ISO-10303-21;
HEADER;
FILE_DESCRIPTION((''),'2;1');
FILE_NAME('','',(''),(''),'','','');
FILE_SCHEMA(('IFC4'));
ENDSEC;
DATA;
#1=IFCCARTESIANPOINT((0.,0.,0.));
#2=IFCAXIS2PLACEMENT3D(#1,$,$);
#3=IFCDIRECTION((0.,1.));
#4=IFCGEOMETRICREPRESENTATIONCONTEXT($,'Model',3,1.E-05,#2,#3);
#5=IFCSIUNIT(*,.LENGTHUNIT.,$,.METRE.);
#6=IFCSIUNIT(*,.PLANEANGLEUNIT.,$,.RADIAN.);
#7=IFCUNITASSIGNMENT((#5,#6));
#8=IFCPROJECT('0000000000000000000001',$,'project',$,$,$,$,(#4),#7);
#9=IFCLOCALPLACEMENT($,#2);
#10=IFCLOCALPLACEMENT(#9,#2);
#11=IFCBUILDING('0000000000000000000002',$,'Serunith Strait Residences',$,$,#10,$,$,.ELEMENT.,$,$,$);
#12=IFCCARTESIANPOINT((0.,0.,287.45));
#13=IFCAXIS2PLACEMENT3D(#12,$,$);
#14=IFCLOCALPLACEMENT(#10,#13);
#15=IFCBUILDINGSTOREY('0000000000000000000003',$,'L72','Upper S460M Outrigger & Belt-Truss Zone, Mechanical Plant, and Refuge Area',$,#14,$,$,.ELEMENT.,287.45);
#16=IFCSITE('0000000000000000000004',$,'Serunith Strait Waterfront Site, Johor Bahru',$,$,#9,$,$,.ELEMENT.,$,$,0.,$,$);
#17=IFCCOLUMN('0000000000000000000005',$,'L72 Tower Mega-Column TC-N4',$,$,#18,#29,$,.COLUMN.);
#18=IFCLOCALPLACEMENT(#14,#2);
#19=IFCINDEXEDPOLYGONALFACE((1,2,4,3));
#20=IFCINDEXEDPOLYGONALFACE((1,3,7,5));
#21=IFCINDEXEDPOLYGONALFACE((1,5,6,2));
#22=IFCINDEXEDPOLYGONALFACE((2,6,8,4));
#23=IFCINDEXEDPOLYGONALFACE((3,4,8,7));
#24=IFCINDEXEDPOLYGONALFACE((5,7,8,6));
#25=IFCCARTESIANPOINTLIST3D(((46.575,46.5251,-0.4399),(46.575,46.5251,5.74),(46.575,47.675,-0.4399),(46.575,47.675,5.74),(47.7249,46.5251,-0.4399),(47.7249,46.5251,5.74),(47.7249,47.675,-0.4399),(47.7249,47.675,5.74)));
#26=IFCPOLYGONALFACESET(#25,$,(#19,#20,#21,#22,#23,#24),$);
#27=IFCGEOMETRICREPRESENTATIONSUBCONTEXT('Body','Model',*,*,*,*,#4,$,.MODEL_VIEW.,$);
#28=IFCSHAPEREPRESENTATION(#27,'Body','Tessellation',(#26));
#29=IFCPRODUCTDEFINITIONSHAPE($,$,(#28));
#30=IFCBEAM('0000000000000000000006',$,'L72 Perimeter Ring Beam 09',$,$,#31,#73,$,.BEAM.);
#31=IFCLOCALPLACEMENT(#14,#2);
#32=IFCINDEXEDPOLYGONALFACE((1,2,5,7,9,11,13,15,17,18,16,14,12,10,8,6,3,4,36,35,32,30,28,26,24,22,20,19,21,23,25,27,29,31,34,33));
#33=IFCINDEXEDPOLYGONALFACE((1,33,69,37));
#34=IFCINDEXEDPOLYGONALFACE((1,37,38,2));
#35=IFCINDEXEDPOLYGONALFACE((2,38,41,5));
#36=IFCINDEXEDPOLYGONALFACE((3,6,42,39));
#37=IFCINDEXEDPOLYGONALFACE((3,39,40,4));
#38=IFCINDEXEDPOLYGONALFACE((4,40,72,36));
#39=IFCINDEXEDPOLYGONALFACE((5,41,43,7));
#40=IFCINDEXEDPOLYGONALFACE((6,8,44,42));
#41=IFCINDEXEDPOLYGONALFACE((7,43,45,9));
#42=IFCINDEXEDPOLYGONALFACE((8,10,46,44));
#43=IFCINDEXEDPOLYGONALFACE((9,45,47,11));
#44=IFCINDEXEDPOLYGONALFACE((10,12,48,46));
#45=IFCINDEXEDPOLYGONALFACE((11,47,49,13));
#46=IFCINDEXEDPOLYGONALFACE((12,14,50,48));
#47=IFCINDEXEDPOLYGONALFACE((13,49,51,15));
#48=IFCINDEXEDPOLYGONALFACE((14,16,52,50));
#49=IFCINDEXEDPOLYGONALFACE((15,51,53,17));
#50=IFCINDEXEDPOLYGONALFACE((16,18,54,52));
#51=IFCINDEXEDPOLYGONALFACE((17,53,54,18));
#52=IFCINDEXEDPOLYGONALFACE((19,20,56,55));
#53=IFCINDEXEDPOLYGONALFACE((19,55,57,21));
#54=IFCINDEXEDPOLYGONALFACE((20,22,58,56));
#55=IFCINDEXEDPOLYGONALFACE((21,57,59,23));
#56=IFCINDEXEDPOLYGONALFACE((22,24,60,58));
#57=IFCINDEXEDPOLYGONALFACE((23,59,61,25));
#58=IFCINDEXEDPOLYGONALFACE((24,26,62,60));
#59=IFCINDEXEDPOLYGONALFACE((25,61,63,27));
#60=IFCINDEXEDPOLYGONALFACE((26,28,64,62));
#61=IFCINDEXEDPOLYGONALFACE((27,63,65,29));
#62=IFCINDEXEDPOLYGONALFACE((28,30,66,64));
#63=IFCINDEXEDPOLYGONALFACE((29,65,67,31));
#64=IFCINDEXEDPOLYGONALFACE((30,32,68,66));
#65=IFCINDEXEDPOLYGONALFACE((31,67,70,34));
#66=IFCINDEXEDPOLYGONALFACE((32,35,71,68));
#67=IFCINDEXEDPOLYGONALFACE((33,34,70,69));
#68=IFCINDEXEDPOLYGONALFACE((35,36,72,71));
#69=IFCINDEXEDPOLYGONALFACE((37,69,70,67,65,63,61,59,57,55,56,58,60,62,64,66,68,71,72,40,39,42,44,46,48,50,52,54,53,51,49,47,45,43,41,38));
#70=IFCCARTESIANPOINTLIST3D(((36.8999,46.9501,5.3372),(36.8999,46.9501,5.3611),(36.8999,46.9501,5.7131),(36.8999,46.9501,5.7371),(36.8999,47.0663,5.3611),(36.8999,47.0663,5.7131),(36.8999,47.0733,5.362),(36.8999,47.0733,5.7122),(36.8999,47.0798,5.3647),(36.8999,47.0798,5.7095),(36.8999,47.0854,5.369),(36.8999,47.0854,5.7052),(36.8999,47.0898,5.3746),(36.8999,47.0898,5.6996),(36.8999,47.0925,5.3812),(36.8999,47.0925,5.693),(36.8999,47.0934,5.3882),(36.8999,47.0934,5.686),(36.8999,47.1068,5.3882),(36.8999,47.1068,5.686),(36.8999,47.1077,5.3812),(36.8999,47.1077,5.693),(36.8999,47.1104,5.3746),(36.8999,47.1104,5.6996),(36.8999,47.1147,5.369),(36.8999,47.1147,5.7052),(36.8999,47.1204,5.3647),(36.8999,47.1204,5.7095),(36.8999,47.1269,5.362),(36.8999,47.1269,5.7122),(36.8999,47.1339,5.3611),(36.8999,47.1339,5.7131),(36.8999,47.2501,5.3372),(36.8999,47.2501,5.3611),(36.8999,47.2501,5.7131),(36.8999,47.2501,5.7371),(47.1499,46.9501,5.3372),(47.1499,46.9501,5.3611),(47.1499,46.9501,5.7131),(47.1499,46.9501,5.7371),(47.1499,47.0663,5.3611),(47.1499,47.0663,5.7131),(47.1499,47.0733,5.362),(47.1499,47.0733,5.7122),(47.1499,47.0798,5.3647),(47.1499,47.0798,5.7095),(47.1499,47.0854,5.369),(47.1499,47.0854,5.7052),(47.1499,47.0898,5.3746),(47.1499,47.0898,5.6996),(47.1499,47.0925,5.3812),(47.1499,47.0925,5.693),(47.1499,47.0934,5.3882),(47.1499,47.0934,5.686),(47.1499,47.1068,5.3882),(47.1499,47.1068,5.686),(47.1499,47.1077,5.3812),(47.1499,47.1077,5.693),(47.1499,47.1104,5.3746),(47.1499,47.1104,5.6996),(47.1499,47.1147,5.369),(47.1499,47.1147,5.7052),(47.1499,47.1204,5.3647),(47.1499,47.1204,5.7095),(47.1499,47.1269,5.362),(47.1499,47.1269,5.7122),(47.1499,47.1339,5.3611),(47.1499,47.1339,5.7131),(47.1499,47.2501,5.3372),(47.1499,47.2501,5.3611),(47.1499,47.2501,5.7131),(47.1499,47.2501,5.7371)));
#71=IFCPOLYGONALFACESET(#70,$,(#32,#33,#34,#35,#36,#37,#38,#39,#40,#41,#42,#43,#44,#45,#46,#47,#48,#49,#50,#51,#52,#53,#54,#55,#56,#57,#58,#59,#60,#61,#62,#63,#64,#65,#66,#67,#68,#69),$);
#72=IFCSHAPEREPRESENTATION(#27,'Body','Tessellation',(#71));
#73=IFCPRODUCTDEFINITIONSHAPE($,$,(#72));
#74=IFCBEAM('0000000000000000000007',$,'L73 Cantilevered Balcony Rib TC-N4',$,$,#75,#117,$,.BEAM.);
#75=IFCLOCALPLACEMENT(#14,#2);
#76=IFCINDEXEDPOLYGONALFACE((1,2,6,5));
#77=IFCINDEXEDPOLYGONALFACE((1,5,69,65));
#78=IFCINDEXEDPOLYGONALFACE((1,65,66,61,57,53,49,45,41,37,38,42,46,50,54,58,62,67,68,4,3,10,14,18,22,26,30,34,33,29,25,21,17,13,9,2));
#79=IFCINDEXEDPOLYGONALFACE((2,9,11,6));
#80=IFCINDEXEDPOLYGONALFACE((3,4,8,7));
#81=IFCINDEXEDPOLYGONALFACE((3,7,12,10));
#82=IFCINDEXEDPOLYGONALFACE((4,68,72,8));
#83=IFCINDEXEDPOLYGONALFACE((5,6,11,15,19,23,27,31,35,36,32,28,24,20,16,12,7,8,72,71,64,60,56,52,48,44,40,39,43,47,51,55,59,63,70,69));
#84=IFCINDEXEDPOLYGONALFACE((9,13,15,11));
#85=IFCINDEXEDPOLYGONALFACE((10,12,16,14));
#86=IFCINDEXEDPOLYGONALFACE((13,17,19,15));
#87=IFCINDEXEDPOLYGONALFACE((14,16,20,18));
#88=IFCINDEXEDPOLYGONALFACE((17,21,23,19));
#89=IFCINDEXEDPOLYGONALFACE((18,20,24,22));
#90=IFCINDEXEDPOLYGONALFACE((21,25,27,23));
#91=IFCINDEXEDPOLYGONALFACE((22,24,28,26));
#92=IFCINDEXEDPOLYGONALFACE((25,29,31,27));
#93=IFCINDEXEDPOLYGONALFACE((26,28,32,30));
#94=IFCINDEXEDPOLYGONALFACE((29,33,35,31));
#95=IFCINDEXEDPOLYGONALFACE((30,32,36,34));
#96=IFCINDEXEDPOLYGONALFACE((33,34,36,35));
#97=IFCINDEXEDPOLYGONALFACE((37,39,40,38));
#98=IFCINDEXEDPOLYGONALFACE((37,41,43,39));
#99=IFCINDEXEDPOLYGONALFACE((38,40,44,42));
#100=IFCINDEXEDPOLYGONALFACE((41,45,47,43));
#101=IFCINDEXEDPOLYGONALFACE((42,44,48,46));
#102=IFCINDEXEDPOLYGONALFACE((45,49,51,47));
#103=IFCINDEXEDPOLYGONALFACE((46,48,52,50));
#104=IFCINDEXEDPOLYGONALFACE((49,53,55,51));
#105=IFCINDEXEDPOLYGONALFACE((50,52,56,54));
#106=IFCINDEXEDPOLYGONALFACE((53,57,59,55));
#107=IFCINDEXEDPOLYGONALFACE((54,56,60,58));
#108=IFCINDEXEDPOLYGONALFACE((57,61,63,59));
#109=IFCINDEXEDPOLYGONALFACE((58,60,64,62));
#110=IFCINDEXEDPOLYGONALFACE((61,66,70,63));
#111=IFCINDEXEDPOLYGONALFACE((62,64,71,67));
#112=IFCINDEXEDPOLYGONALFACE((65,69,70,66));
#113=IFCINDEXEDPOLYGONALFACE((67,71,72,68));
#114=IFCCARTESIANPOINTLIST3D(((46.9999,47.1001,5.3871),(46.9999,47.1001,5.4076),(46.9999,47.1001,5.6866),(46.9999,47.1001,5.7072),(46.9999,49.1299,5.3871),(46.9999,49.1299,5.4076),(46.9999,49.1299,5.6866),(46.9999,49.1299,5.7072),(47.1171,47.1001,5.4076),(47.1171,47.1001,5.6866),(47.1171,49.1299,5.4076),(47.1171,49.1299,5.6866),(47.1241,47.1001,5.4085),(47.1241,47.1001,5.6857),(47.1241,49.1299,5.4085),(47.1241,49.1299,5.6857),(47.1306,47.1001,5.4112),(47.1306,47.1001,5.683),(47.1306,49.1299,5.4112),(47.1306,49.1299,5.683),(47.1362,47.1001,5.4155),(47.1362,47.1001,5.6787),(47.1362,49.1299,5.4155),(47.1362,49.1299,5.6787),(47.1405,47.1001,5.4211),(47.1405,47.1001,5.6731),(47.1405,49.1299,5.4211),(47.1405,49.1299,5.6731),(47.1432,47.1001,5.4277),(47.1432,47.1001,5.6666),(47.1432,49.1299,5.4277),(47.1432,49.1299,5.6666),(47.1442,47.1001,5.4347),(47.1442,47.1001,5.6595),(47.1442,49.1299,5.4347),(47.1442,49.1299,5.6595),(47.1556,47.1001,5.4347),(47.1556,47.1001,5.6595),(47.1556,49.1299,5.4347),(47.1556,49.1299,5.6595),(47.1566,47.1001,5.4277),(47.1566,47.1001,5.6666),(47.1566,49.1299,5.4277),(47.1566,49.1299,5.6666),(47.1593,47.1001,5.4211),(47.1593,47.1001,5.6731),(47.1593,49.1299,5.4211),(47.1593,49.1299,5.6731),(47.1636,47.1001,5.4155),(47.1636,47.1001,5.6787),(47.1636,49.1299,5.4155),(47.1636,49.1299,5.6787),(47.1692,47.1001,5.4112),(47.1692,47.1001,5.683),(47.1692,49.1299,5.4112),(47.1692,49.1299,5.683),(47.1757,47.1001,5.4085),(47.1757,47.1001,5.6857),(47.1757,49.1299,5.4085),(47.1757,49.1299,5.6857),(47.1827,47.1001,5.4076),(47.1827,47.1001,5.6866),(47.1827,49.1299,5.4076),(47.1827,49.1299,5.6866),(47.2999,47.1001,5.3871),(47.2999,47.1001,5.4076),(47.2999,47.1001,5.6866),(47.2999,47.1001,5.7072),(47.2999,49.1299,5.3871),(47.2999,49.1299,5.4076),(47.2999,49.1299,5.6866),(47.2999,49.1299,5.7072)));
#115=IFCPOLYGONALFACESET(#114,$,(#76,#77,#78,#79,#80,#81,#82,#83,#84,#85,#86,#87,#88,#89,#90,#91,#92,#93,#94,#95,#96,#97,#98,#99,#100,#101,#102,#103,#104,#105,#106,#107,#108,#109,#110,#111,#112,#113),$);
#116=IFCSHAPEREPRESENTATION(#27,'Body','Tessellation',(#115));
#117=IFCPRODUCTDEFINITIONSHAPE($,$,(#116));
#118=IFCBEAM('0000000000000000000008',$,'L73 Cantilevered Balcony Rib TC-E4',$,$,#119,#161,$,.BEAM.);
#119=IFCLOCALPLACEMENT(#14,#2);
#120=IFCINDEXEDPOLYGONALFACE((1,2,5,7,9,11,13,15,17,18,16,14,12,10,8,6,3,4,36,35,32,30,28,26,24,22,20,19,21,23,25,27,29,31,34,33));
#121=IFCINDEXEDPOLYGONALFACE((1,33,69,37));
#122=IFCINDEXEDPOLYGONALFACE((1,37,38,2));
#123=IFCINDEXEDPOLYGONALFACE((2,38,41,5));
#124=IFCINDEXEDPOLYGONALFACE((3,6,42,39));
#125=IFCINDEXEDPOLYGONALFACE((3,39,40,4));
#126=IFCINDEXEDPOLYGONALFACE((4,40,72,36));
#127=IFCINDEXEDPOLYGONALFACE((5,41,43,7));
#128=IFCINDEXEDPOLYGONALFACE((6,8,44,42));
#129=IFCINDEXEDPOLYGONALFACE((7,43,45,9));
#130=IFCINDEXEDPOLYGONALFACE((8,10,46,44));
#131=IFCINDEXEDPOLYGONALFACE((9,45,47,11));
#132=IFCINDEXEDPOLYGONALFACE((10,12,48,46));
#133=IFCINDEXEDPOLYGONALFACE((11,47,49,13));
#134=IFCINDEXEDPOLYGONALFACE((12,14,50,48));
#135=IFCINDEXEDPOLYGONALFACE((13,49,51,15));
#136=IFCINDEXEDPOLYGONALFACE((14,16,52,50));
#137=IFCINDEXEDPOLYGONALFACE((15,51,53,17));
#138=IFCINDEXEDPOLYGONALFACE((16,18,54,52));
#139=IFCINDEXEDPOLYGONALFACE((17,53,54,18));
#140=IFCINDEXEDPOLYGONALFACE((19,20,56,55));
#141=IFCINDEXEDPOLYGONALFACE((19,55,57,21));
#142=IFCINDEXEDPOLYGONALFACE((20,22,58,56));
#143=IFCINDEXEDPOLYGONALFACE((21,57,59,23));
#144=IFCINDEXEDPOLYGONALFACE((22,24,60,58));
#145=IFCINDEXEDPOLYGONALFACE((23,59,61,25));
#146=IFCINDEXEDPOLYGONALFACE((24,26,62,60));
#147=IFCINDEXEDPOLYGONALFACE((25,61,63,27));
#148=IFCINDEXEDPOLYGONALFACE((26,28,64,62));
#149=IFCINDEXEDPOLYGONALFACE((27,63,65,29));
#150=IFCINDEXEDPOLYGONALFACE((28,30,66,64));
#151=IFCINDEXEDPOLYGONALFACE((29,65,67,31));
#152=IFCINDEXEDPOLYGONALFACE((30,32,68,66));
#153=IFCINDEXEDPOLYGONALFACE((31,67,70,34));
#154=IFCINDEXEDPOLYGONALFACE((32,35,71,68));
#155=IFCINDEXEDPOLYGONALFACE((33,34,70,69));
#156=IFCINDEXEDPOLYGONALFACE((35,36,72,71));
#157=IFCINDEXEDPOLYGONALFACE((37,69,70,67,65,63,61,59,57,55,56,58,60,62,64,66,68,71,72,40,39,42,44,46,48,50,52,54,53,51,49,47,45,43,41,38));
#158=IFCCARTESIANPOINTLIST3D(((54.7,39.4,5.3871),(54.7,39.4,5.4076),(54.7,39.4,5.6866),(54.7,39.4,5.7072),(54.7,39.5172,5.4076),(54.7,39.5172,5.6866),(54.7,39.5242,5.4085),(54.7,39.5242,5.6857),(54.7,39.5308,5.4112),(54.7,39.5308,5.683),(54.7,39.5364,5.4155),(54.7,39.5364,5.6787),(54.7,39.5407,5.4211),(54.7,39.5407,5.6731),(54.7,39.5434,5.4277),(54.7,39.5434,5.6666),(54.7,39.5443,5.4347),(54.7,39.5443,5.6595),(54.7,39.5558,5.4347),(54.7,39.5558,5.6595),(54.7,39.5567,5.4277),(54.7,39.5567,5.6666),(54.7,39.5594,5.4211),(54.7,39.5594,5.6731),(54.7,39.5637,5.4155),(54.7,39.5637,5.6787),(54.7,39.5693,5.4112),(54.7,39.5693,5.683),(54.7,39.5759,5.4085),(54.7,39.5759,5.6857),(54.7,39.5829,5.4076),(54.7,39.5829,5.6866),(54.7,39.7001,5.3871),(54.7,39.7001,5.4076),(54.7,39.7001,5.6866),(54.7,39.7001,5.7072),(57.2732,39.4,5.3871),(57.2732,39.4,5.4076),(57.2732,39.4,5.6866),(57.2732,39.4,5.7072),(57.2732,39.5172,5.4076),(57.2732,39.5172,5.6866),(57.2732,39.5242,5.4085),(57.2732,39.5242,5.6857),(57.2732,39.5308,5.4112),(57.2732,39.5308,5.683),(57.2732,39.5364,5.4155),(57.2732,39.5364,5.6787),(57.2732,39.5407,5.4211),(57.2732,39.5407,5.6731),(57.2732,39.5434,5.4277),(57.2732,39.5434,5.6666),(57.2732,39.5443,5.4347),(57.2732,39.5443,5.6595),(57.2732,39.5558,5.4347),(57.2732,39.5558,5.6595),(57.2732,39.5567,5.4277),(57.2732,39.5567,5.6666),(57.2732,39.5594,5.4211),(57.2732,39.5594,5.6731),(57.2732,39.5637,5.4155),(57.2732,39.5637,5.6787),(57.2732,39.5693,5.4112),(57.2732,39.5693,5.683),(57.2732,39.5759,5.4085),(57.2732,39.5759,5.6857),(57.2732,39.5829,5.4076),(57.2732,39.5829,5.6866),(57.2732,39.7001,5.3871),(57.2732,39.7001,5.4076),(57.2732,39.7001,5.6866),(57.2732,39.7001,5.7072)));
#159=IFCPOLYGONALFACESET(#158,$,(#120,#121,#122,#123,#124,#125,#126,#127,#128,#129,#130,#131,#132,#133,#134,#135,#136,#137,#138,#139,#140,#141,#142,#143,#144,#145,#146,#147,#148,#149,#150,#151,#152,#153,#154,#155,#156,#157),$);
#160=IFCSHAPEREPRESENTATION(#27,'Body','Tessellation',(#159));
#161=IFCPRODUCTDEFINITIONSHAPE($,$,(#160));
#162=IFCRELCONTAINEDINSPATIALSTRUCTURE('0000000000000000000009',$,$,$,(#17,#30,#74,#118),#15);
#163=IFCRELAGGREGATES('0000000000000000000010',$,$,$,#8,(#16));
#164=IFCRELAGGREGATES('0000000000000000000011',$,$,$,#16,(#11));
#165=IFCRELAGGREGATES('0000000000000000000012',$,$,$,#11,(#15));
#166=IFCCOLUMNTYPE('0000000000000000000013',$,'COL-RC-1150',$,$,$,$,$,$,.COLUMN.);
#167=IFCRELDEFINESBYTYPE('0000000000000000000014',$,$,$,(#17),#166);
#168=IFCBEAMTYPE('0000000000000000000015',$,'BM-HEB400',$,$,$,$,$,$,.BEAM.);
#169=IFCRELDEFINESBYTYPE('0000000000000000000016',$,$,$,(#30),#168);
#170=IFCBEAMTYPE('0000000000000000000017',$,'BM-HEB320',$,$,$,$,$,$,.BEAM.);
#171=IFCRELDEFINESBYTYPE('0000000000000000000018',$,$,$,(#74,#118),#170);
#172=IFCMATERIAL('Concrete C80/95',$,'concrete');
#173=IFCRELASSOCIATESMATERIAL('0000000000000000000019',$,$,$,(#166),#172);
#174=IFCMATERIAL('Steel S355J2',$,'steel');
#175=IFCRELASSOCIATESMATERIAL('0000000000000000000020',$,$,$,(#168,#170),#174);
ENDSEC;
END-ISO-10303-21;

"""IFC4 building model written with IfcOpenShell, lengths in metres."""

from ifc_helpers import new_model, si_unit, direction, frame, origin, origin_2d, place, context, subcontext, project, spatial, rectangle, i_section, extrude, source, transform, mapped, material, material_profile, profile_set, type_object, element, save


model = new_model("IFC4")

# Units and contexts
model_context = context("Model", 3, precision=1e-05, world=origin(), true_north=direction((0.0, 1.0)))
body_context = subcontext(model_context, "Body", "Model", "MODEL_VIEW")
ifc_project = project(units=[si_unit("LENGTHUNIT", "METRE"), si_unit("PLANEANGLEUNIT", "RADIAN")], contexts=[model_context])

# Site, building, storey
site_placement = place(None, origin())
site = spatial("IfcSite", under=ifc_project, at=site_placement, Name="Serunith Strait Waterfront Site, Johor Bahru", CompositionType="ELEMENT", RefElevation=0.0)
building_placement = place(site_placement, origin())
building = spatial("IfcBuilding", under=site, at=building_placement, Name="Serunith Strait Residences", CompositionType="ELEMENT")
storey_placement = place(building_placement, frame((0.0, 0.0, 287.45)))
storey = spatial("IfcBuildingStorey", under=building, at=storey_placement, Name="L72", Description="Upper S460M Outrigger & Belt-Truss Zone, Mechanical Plant, and Refuge Area", CompositionType="ELEMENT", Elevation=287.45)

# Column
ifc_material_1 = material(Name="Concrete C80/95", Category="concrete")
ifc_material_profile_1 = material_profile(ifc_material_1, rectangle(XDim=1.1499, YDim=1.1499, at=origin_2d()), Name="RC 1150x1150")
ifc_profile_set_1 = profile_set([ifc_material_profile_1], Name="Concrete C80/95")
column_type = type_object("IfcColumnType", Name="COL-RC-1150", PredefinedType="COLUMN", material=ifc_profile_set_1)
shared_shape_1 = source(origin(), body_context, "Body", "SweptSolid", [
    extrude(rectangle(XDim=1.1499, YDim=1.1499, at=origin_2d()), origin(), (0.0, 0.0, 1.0), 6.1799),
])
column_placement = place(storey_placement, frame((47.1499, 47.1001, -0.4399), z_axis=(0.0, 0.0, 1.0), x_axis=(1.0, 0.0, 0.0)))
element("IfcColumn", 1, at=column_placement, inside=storey, type_object=column_type, Name="L72 Tower Mega-Column TC-N4", PredefinedType="COLUMN", context=body_context, shape_type="MappedRepresentation", body=[
    mapped(shared_shape_1, transform((0.0, 0.0, 0.0), scale=1.0)),
])

# Beams
ifc_material_2 = material(Name="Steel S355J2", Category="steel")
ifc_material_profile_2 = material_profile(ifc_material_2, i_section(OverallWidth=0.3, OverallDepth=0.3999, WebThickness=0.0134, FlangeThickness=0.0239, FilletRadius=0.0271, at=origin_2d()), Name="HEB 400")
ifc_profile_set_2 = profile_set([ifc_material_profile_2], Name="Steel S355J2")
beam_type_1 = type_object("IfcBeamType", Name="BM-HEB400", PredefinedType="BEAM", material=ifc_profile_set_2)
shared_shape_2 = source(origin(), body_context, "Body", "SweptSolid", [
    extrude(i_section(OverallWidth=0.3, OverallDepth=0.3999, WebThickness=0.0134, FlangeThickness=0.0239, FilletRadius=0.0271, at=origin_2d()), origin(), (0.0, 0.0, 1.0), 10.25),
])
beam_1_placement = place(storey_placement, frame((47.1499, 47.1001, 5.5371), z_axis=(-1.0, 0.0, 0.0), x_axis=(0.0, -1.0, 0.0)))
element("IfcBeam", 2, at=beam_1_placement, inside=storey, type_object=beam_type_1, Name="L72 Perimeter Ring Beam 09", PredefinedType="BEAM", context=body_context, shape_type="MappedRepresentation", body=[
    mapped(shared_shape_2, transform((0.0, 0.0, 0.0), scale=1.0)),
])
ifc_material_profile_3 = material_profile(ifc_material_2, i_section(OverallWidth=0.3, OverallDepth=0.3201, WebThickness=0.0115, FlangeThickness=0.0205, FilletRadius=0.0271, at=origin_2d()), Name="HEB 320")
ifc_profile_set_3 = profile_set([ifc_material_profile_3], Name="Steel S355J2")
beam_type_2 = type_object("IfcBeamType", Name="BM-HEB320", PredefinedType="BEAM", material=ifc_profile_set_3)
shared_shape_3 = source(origin(), body_context, "Body", "SweptSolid", [
    extrude(i_section(OverallWidth=0.3, OverallDepth=0.3201, WebThickness=0.0115, FlangeThickness=0.0205, FilletRadius=0.0271, at=origin_2d()), origin(), (0.0, 0.0, 1.0), 2.0298),
])
beam_2_placement = place(storey_placement, frame((47.1499, 47.1001, 5.5471), z_axis=(0.0, 1.0, 0.0), x_axis=(-1.0, 0.0, 0.0)))
element("IfcBeam", 3, at=beam_2_placement, inside=storey, type_object=beam_type_2, Name="L73 Cantilevered Balcony Rib TC-N4", PredefinedType="BEAM", context=body_context, shape_type="MappedRepresentation", body=[
    mapped(shared_shape_3, transform((0.0, 0.0, 0.0), scale=1.0)),
])
shared_shape_4 = source(origin(), body_context, "Body", "SweptSolid", [
    extrude(i_section(OverallWidth=0.3, OverallDepth=0.3201, WebThickness=0.0115, FlangeThickness=0.0205, FilletRadius=0.0271, at=origin_2d()), origin(), (0.0, 0.0, 1.0), 2.5732),
])
beam_3_placement = place(storey_placement, frame((54.7, 39.55, 5.5471), z_axis=(1.0, 0.0, 0.0), x_axis=(0.0, 1.0, 0.0)))
element("IfcBeam", 4, at=beam_3_placement, inside=storey, type_object=beam_type_2, Name="L73 Cantilevered Balcony Rib TC-E4", PredefinedType="BEAM", context=body_context, shape_type="MappedRepresentation", body=[
    mapped(shared_shape_4, transform((0.0, 0.0, 0.0), scale=1.0)),
])

save(model, "model.ifc")
